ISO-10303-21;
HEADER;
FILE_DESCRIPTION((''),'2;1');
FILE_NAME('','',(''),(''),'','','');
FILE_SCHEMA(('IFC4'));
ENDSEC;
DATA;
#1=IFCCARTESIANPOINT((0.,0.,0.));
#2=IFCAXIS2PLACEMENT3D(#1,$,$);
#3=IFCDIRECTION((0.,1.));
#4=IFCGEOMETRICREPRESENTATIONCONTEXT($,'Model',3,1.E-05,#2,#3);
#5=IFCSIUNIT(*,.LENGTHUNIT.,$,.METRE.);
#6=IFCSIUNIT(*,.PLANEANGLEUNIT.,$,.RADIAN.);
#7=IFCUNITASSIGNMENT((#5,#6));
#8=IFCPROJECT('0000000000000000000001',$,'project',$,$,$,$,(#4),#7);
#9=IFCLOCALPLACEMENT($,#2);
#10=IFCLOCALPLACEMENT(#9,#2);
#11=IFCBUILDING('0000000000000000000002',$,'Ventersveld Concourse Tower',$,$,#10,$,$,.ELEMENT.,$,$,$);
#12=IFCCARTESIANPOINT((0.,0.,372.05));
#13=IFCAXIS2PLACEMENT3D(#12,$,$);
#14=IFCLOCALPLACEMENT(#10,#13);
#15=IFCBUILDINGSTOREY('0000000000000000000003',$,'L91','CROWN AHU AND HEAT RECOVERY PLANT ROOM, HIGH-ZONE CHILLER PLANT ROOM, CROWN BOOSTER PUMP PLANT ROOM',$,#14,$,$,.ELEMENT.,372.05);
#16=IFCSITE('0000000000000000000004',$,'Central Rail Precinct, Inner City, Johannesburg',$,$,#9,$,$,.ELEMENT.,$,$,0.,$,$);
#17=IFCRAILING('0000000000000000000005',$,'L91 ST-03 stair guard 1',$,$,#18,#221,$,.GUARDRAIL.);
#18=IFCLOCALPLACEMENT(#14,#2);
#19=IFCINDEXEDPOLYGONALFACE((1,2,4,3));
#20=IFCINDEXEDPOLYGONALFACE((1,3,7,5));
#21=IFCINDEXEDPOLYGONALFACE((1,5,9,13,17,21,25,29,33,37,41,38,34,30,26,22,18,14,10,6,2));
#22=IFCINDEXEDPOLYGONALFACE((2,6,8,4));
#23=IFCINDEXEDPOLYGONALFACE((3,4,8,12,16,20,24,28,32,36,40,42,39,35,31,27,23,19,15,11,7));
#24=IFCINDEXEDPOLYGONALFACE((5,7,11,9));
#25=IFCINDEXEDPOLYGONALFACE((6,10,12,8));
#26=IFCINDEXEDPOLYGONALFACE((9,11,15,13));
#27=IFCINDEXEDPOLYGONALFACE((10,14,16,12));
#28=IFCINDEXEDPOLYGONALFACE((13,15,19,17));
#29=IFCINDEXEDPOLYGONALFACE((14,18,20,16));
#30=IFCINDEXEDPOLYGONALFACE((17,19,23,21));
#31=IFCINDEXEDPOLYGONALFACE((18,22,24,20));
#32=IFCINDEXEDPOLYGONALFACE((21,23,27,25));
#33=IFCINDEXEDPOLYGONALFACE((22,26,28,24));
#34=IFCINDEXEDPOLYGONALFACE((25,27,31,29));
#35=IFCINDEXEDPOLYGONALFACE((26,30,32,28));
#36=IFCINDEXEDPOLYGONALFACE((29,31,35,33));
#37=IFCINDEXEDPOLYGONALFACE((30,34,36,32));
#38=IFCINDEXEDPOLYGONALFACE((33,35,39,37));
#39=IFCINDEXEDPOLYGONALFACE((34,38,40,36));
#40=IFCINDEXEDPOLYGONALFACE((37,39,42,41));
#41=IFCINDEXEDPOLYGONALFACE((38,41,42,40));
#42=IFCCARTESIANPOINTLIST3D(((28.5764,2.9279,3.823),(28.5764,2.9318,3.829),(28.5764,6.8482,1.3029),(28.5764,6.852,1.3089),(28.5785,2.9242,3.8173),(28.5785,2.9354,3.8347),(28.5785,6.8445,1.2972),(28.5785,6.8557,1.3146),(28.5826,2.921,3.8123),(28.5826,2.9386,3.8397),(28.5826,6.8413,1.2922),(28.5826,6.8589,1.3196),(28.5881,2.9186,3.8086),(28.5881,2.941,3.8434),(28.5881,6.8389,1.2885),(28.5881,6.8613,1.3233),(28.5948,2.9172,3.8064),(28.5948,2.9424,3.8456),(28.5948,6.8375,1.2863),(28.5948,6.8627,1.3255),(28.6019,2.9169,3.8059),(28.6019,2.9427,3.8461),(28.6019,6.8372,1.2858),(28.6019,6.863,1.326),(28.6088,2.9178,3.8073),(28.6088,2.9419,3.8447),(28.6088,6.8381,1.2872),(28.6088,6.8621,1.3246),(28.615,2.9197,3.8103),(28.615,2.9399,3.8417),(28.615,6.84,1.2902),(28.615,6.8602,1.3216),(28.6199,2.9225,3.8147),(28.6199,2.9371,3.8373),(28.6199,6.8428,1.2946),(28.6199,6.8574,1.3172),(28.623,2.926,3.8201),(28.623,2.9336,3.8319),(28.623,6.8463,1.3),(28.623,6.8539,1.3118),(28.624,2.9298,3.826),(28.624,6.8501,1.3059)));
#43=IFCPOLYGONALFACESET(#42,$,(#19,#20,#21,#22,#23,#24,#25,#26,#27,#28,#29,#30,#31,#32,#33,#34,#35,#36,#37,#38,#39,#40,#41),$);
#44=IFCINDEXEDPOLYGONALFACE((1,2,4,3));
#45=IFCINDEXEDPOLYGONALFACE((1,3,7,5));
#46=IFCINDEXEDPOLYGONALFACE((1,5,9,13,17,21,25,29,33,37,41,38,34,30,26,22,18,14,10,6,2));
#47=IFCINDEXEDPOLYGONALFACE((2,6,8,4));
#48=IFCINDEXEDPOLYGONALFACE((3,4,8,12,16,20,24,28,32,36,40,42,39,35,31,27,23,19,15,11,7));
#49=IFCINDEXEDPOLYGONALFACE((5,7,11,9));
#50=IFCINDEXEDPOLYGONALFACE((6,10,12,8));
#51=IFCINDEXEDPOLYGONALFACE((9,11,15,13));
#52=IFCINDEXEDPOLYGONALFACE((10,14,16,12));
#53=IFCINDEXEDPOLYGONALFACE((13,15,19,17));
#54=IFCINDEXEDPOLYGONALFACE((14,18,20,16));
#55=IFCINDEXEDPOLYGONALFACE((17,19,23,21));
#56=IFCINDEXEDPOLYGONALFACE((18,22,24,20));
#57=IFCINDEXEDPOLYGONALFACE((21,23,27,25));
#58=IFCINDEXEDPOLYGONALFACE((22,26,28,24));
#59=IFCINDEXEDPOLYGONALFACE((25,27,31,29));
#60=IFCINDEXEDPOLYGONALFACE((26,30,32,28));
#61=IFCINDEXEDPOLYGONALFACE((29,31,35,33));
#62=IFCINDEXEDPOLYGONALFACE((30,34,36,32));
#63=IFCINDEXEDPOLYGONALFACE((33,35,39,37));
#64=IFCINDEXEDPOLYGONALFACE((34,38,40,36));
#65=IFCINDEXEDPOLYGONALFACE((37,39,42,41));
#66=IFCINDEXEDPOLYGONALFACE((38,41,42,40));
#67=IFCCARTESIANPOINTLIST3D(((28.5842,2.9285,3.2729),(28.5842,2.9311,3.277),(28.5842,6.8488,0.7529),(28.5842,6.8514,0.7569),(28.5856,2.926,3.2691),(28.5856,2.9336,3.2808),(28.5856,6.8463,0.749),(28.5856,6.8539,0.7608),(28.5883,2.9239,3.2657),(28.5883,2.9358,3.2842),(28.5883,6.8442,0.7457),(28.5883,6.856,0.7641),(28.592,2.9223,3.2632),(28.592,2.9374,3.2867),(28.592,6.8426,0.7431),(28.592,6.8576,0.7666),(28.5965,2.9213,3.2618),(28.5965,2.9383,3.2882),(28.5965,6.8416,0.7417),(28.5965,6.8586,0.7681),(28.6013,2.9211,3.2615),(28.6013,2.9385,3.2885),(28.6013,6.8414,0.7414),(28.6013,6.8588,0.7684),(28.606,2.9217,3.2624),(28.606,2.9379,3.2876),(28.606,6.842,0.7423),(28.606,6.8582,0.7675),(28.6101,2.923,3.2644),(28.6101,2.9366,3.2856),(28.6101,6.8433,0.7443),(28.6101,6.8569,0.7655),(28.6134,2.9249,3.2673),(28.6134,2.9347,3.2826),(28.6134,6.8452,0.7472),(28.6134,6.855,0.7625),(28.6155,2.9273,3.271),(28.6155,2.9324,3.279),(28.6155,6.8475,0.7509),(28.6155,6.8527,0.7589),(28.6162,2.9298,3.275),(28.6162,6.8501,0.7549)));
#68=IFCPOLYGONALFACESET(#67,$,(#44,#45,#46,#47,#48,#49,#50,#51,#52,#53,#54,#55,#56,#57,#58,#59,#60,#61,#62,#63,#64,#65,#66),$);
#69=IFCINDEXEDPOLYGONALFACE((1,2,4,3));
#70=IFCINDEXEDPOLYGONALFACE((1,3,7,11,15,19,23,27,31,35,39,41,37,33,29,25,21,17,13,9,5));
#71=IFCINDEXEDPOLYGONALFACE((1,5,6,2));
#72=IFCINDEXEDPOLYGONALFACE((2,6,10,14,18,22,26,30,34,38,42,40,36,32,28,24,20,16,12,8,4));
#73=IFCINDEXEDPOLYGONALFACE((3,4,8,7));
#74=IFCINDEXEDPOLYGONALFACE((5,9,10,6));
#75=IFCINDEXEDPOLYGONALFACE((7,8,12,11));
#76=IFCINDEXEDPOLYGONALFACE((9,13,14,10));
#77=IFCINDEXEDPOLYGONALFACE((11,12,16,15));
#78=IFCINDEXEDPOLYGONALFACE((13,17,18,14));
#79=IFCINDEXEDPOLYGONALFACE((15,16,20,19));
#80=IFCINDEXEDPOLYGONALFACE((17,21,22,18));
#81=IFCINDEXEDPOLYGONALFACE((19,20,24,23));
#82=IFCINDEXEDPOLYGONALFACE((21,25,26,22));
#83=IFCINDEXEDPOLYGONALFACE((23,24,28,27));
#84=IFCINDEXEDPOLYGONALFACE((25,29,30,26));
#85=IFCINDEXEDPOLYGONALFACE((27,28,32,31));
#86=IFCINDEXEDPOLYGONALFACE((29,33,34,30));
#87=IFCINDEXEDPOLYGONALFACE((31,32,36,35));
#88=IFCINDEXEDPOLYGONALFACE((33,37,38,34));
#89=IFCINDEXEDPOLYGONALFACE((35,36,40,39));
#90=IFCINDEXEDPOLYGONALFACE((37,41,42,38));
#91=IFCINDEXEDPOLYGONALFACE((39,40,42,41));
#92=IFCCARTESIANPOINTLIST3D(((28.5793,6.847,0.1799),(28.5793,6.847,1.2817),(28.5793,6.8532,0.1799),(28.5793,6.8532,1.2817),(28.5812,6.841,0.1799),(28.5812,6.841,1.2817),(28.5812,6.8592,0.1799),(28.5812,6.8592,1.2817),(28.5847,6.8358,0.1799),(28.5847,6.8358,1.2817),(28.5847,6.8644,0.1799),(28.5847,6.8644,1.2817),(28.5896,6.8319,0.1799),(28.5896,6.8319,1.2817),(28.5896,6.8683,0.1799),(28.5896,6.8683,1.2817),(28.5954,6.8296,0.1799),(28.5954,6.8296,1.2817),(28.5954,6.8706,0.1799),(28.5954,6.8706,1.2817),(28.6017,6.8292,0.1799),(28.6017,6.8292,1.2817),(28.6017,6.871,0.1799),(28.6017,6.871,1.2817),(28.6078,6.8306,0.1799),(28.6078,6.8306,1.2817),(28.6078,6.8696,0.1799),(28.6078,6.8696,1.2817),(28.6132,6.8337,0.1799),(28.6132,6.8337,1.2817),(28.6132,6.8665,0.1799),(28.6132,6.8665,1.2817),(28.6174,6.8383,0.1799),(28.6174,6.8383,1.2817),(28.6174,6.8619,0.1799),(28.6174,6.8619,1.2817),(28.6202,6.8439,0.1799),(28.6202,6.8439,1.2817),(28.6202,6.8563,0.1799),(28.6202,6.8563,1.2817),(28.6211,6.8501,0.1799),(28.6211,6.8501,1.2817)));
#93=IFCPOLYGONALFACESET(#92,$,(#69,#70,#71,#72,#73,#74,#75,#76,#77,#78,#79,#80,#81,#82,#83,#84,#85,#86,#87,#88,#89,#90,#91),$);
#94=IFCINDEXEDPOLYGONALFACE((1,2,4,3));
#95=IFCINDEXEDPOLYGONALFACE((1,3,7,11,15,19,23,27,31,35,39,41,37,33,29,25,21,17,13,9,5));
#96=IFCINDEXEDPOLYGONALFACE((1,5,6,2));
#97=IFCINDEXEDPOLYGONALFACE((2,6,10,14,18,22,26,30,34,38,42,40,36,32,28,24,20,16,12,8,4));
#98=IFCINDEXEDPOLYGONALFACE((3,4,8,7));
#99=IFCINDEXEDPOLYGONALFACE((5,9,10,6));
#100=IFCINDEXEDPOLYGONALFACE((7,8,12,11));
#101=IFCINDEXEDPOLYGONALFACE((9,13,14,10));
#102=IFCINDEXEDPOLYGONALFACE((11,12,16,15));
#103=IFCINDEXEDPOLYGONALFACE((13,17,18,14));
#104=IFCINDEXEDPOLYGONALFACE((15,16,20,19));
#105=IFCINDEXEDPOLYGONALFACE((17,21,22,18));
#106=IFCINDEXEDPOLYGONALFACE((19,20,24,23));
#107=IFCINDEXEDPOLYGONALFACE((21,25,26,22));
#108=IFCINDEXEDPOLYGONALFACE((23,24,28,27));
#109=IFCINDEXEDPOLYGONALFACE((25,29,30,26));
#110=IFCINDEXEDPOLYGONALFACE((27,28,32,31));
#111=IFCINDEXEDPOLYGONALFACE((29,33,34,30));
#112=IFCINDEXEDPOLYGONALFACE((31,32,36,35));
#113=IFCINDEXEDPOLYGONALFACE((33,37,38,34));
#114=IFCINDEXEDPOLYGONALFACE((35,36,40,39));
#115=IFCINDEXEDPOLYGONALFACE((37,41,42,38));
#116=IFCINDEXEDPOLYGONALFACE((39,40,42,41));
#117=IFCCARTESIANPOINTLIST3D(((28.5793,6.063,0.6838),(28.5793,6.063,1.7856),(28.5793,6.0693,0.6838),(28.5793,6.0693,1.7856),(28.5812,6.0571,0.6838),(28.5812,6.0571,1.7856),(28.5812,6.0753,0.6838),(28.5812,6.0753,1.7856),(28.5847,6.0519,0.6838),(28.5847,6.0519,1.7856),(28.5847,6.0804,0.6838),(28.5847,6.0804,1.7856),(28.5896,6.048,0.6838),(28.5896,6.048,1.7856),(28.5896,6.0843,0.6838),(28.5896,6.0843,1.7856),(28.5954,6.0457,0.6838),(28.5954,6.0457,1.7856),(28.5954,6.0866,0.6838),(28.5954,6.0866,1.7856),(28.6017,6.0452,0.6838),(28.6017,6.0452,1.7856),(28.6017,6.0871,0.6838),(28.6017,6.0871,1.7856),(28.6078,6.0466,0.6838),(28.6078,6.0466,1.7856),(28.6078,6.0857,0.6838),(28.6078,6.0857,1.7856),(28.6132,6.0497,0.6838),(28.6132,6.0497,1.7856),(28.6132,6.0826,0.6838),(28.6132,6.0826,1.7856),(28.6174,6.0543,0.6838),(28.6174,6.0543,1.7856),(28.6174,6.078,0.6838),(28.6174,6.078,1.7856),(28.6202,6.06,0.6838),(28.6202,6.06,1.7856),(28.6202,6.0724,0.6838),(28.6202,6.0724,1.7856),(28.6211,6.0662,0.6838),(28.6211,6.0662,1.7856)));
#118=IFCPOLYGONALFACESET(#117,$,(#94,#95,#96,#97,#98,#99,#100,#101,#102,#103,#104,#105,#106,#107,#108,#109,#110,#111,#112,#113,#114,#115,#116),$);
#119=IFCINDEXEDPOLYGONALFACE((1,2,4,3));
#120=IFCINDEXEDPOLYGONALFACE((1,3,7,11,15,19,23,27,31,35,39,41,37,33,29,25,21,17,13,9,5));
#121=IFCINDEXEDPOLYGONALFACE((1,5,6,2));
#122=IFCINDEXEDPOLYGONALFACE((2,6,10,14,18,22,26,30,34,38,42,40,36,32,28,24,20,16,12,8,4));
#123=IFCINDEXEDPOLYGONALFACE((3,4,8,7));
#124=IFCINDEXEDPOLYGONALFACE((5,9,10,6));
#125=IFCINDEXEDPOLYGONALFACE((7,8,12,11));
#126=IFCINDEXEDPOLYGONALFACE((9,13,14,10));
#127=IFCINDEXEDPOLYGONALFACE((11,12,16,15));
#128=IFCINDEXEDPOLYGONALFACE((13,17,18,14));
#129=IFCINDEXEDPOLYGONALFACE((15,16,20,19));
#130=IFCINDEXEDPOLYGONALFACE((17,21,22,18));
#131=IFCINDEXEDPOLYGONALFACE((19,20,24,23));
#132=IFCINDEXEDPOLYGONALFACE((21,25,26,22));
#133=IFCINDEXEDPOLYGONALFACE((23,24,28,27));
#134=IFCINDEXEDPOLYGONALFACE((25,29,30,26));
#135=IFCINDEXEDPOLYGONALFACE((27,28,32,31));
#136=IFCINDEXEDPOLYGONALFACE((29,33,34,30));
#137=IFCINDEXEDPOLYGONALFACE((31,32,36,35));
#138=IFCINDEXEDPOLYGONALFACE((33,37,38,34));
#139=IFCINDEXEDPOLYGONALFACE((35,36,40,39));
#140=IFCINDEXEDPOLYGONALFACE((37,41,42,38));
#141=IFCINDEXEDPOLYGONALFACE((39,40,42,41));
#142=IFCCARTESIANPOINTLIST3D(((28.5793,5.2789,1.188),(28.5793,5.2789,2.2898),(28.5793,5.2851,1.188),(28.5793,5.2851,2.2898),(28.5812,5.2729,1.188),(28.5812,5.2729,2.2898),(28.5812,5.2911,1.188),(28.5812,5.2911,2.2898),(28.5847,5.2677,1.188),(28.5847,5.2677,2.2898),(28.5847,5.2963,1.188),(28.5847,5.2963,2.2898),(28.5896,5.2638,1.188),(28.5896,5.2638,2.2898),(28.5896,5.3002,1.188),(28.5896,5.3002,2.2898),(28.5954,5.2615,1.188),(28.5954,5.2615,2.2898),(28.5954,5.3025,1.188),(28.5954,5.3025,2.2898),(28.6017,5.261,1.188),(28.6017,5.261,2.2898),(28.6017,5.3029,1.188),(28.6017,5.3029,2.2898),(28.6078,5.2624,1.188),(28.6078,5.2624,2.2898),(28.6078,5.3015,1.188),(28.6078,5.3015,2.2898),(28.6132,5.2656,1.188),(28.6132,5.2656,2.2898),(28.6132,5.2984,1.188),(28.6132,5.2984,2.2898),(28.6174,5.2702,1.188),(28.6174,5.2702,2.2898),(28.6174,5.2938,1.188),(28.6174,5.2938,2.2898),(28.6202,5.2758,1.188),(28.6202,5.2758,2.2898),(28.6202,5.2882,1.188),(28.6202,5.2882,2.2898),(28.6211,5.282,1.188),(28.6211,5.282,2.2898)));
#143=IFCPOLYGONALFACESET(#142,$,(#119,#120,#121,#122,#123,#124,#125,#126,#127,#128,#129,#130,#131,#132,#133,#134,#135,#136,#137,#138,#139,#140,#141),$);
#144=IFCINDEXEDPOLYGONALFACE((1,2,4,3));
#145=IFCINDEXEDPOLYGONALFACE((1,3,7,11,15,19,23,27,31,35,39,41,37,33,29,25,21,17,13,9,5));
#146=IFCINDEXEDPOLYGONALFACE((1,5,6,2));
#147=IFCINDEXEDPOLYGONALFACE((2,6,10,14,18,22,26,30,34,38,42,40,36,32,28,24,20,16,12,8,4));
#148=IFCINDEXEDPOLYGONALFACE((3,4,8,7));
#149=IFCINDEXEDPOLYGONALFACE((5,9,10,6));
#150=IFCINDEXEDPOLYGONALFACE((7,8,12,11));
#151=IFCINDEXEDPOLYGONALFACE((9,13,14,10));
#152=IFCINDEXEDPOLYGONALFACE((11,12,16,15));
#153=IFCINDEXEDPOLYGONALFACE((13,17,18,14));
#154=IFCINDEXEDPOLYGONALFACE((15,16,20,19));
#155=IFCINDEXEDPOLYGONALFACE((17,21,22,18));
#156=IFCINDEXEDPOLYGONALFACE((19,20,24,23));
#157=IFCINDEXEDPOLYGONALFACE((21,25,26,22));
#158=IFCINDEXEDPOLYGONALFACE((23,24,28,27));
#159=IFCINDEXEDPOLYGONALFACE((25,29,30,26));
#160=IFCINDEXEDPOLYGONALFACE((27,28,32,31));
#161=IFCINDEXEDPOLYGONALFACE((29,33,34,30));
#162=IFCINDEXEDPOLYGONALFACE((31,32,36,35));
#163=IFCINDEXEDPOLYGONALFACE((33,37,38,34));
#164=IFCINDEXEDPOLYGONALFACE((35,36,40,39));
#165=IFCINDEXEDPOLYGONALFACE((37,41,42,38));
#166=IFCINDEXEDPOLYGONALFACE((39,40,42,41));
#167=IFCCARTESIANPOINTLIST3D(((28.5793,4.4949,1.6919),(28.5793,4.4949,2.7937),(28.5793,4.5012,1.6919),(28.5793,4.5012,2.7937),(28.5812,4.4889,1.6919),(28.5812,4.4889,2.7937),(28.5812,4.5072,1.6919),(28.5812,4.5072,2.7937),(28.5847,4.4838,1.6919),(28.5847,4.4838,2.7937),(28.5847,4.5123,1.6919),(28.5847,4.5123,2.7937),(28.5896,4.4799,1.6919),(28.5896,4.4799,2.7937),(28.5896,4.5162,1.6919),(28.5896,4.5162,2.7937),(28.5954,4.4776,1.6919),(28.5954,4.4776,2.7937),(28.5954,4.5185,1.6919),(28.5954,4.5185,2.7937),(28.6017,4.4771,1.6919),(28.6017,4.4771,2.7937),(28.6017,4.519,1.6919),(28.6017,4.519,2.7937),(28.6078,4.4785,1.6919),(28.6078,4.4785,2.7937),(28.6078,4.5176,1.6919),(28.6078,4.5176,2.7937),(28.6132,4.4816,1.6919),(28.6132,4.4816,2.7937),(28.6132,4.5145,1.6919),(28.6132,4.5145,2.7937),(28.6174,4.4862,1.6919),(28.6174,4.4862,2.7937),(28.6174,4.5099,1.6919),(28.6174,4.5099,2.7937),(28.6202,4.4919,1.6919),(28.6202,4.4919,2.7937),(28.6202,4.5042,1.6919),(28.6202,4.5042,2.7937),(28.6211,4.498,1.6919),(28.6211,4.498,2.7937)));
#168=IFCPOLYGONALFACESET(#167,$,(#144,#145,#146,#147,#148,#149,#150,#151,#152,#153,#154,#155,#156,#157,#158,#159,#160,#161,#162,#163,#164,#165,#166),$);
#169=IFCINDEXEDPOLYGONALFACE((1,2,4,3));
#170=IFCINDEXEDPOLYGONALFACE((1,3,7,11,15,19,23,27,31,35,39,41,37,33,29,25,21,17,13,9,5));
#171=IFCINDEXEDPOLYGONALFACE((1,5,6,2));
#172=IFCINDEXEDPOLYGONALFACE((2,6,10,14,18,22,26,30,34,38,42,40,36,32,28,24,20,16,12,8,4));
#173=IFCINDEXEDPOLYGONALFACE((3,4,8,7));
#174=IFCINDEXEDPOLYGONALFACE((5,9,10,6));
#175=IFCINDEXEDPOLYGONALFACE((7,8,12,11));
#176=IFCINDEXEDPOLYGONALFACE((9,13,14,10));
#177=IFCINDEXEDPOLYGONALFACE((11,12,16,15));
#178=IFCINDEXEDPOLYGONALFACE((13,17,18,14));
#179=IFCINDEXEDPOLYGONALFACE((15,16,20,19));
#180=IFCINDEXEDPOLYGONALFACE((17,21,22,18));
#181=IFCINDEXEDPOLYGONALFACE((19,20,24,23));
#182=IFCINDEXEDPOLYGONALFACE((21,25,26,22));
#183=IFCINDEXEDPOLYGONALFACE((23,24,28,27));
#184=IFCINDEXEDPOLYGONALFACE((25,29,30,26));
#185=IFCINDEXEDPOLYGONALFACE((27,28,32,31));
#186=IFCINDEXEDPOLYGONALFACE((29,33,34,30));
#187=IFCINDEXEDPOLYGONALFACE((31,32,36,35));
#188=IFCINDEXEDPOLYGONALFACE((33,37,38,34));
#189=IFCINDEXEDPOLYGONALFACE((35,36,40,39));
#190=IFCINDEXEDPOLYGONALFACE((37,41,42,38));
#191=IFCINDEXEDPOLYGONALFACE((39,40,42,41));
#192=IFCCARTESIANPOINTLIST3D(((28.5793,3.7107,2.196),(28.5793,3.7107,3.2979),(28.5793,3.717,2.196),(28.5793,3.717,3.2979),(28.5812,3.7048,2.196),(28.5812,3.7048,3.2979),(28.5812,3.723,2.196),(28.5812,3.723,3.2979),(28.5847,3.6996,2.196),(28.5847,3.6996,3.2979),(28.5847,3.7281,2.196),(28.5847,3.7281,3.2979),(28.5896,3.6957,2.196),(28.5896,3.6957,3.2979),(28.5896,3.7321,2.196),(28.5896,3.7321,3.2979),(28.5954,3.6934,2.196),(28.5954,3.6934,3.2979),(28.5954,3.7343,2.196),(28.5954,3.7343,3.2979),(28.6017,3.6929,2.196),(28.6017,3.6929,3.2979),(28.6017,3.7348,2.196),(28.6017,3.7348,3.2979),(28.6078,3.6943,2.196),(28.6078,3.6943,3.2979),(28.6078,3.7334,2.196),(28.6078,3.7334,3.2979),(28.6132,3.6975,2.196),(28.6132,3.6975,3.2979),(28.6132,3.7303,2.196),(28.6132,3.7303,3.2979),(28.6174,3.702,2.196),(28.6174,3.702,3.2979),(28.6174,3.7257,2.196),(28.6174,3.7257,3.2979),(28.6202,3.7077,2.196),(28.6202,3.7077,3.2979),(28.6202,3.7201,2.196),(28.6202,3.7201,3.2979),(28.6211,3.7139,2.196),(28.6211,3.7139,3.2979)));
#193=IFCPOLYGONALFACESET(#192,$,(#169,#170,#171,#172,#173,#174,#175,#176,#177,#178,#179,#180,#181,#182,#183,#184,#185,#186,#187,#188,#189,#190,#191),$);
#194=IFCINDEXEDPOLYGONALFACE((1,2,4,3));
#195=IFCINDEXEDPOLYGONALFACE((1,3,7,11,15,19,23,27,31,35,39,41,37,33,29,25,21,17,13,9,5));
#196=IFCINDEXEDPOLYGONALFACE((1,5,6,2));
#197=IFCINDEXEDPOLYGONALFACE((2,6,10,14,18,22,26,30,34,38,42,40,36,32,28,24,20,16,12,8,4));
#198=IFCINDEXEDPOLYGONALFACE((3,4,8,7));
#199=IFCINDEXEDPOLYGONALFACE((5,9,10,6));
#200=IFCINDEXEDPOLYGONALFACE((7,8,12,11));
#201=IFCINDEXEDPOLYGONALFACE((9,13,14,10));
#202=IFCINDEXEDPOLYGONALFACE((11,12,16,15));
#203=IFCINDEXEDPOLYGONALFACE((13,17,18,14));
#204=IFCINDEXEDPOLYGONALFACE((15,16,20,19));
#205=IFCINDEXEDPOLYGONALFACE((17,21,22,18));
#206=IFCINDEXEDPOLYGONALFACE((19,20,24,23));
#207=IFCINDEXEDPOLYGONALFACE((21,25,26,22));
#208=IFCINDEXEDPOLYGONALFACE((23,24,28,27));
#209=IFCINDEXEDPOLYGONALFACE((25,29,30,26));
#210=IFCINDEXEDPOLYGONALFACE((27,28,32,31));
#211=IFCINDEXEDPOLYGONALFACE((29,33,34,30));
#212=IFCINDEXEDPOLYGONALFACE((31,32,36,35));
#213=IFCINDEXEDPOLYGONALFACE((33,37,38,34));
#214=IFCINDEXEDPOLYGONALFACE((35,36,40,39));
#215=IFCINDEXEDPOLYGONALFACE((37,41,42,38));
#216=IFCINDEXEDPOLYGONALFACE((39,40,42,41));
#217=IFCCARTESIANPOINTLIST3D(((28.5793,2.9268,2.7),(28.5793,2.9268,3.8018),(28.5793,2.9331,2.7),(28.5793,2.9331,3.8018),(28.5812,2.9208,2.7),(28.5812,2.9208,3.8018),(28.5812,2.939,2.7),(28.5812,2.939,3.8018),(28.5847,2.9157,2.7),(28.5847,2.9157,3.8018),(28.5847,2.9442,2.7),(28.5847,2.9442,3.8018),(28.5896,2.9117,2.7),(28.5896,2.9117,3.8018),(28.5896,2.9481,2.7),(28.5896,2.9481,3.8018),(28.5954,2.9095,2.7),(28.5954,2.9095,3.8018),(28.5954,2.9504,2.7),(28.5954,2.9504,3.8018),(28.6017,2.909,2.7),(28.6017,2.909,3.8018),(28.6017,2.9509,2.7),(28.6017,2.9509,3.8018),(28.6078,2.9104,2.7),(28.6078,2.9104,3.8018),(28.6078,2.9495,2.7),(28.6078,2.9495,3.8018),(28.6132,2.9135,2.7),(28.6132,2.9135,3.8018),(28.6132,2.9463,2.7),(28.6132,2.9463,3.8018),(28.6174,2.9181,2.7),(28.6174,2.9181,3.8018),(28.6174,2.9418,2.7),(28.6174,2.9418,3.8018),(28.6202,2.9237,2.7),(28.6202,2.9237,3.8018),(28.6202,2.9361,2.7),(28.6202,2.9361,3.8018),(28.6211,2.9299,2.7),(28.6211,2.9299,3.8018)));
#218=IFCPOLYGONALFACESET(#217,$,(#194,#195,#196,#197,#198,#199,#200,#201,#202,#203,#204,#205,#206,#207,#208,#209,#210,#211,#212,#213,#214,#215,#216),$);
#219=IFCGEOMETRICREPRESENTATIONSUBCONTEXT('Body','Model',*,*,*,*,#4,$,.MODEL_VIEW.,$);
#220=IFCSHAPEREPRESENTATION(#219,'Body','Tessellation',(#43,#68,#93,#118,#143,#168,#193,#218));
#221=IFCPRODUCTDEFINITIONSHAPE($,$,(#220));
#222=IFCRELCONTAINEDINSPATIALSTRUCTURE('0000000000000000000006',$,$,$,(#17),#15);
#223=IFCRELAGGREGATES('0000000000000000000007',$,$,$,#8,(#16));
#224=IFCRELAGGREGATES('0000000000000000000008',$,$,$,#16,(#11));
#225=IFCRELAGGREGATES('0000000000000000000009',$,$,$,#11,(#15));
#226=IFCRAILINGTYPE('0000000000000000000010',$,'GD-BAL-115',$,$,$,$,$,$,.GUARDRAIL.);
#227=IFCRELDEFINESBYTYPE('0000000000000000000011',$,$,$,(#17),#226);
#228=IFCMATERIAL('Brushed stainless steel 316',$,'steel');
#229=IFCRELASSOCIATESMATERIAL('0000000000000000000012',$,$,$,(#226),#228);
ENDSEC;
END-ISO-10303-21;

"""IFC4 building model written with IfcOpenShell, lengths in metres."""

from ifc_helpers import new_model, si_unit, direction, frame, origin, origin_2d, place, context, subcontext, project, spatial, circle, extrude, material, type_object, element, save


model = new_model("IFC4")

# Units and contexts
model_context = context("Model", 3, precision=1e-05, world=origin(), true_north=direction((0.0, 1.0)))
body_context = subcontext(model_context, "Body", "Model", "MODEL_VIEW")
ifc_project = project(units=[si_unit("LENGTHUNIT", "METRE"), si_unit("PLANEANGLEUNIT", "RADIAN")], contexts=[model_context])

# Site, building, storey
site_placement = place(None, origin())
site = spatial("IfcSite", under=ifc_project, at=site_placement, Name="Central Rail Precinct, Inner City, Johannesburg", CompositionType="ELEMENT", RefElevation=0.0)
building_placement = place(site_placement, origin())
building = spatial("IfcBuilding", under=site, at=building_placement, Name="Ventersveld Concourse Tower", CompositionType="ELEMENT")
storey_placement = place(building_placement, frame((0.0, 0.0, 372.05)))
storey = spatial("IfcBuildingStorey", under=building, at=storey_placement, Name="L91", Description="CROWN AHU AND HEAT RECOVERY PLANT ROOM, HIGH-ZONE CHILLER PLANT ROOM, CROWN BOOSTER PUMP PLANT ROOM", CompositionType="ELEMENT", Elevation=372.05)

# Shared definitions
ifc_material_1 = material(Name="Brushed stainless steel 316", Category="steel")

# Railing
railing_type_1 = type_object("IfcRailingType", Name="GD-BAL-115", PredefinedType="GUARDRAIL", material=ifc_material_1)
railing_1_placement = place(storey_placement, frame((28.6001, 6.8501, 0.1799)))
element("IfcRailing", 1, at=railing_1_placement, inside=storey, type_object=railing_type_1, Name="L91 ST-03 stair guard 1", PredefinedType="GUARDRAIL", context=body_context, shape_type="SweptSolid", body=[
    extrude(circle(Radius=0.0239, at=origin_2d()), frame((0.0, 0.0, 1.126), z_axis=(0.0, -0.841187, 0.540744), x_axis=(1.0, 0.0, 0.0)), (0.0, 0.0, 1.0), 4.6604),
    extrude(circle(Radius=0.0161, at=origin_2d()), frame((0.0, 0.0, 0.575), z_axis=(0.0, -0.841187, 0.540744), x_axis=(1.0, 0.0, 0.0)), (0.0, 0.0, 1.0), 4.6604),
    extrude(circle(Radius=0.021, at=origin_2d()), origin(), (0.0, 0.0, 1.0), 1.1018),
    extrude(circle(Radius=0.021, at=origin_2d()), frame((0.0, -0.7839, 0.5039)), (0.0, 0.0, 1.0), 1.1018),
    extrude(circle(Radius=0.021, at=origin_2d()), frame((0.0, -1.5681, 1.0081)), (0.0, 0.0, 1.0), 1.1018),
    extrude(circle(Radius=0.021, at=origin_2d()), frame((0.0, -2.3521, 1.512)), (0.0, 0.0, 1.0), 1.1018),
    extrude(circle(Radius=0.021, at=origin_2d()), frame((0.0, -3.1362, 2.0161)), (0.0, 0.0, 1.0), 1.1018),
    extrude(circle(Radius=0.021, at=origin_2d()), frame((0.0, -3.9202, 2.52)), (0.0, 0.0, 1.0), 1.1018),
])

save(model, "model.ifc")
